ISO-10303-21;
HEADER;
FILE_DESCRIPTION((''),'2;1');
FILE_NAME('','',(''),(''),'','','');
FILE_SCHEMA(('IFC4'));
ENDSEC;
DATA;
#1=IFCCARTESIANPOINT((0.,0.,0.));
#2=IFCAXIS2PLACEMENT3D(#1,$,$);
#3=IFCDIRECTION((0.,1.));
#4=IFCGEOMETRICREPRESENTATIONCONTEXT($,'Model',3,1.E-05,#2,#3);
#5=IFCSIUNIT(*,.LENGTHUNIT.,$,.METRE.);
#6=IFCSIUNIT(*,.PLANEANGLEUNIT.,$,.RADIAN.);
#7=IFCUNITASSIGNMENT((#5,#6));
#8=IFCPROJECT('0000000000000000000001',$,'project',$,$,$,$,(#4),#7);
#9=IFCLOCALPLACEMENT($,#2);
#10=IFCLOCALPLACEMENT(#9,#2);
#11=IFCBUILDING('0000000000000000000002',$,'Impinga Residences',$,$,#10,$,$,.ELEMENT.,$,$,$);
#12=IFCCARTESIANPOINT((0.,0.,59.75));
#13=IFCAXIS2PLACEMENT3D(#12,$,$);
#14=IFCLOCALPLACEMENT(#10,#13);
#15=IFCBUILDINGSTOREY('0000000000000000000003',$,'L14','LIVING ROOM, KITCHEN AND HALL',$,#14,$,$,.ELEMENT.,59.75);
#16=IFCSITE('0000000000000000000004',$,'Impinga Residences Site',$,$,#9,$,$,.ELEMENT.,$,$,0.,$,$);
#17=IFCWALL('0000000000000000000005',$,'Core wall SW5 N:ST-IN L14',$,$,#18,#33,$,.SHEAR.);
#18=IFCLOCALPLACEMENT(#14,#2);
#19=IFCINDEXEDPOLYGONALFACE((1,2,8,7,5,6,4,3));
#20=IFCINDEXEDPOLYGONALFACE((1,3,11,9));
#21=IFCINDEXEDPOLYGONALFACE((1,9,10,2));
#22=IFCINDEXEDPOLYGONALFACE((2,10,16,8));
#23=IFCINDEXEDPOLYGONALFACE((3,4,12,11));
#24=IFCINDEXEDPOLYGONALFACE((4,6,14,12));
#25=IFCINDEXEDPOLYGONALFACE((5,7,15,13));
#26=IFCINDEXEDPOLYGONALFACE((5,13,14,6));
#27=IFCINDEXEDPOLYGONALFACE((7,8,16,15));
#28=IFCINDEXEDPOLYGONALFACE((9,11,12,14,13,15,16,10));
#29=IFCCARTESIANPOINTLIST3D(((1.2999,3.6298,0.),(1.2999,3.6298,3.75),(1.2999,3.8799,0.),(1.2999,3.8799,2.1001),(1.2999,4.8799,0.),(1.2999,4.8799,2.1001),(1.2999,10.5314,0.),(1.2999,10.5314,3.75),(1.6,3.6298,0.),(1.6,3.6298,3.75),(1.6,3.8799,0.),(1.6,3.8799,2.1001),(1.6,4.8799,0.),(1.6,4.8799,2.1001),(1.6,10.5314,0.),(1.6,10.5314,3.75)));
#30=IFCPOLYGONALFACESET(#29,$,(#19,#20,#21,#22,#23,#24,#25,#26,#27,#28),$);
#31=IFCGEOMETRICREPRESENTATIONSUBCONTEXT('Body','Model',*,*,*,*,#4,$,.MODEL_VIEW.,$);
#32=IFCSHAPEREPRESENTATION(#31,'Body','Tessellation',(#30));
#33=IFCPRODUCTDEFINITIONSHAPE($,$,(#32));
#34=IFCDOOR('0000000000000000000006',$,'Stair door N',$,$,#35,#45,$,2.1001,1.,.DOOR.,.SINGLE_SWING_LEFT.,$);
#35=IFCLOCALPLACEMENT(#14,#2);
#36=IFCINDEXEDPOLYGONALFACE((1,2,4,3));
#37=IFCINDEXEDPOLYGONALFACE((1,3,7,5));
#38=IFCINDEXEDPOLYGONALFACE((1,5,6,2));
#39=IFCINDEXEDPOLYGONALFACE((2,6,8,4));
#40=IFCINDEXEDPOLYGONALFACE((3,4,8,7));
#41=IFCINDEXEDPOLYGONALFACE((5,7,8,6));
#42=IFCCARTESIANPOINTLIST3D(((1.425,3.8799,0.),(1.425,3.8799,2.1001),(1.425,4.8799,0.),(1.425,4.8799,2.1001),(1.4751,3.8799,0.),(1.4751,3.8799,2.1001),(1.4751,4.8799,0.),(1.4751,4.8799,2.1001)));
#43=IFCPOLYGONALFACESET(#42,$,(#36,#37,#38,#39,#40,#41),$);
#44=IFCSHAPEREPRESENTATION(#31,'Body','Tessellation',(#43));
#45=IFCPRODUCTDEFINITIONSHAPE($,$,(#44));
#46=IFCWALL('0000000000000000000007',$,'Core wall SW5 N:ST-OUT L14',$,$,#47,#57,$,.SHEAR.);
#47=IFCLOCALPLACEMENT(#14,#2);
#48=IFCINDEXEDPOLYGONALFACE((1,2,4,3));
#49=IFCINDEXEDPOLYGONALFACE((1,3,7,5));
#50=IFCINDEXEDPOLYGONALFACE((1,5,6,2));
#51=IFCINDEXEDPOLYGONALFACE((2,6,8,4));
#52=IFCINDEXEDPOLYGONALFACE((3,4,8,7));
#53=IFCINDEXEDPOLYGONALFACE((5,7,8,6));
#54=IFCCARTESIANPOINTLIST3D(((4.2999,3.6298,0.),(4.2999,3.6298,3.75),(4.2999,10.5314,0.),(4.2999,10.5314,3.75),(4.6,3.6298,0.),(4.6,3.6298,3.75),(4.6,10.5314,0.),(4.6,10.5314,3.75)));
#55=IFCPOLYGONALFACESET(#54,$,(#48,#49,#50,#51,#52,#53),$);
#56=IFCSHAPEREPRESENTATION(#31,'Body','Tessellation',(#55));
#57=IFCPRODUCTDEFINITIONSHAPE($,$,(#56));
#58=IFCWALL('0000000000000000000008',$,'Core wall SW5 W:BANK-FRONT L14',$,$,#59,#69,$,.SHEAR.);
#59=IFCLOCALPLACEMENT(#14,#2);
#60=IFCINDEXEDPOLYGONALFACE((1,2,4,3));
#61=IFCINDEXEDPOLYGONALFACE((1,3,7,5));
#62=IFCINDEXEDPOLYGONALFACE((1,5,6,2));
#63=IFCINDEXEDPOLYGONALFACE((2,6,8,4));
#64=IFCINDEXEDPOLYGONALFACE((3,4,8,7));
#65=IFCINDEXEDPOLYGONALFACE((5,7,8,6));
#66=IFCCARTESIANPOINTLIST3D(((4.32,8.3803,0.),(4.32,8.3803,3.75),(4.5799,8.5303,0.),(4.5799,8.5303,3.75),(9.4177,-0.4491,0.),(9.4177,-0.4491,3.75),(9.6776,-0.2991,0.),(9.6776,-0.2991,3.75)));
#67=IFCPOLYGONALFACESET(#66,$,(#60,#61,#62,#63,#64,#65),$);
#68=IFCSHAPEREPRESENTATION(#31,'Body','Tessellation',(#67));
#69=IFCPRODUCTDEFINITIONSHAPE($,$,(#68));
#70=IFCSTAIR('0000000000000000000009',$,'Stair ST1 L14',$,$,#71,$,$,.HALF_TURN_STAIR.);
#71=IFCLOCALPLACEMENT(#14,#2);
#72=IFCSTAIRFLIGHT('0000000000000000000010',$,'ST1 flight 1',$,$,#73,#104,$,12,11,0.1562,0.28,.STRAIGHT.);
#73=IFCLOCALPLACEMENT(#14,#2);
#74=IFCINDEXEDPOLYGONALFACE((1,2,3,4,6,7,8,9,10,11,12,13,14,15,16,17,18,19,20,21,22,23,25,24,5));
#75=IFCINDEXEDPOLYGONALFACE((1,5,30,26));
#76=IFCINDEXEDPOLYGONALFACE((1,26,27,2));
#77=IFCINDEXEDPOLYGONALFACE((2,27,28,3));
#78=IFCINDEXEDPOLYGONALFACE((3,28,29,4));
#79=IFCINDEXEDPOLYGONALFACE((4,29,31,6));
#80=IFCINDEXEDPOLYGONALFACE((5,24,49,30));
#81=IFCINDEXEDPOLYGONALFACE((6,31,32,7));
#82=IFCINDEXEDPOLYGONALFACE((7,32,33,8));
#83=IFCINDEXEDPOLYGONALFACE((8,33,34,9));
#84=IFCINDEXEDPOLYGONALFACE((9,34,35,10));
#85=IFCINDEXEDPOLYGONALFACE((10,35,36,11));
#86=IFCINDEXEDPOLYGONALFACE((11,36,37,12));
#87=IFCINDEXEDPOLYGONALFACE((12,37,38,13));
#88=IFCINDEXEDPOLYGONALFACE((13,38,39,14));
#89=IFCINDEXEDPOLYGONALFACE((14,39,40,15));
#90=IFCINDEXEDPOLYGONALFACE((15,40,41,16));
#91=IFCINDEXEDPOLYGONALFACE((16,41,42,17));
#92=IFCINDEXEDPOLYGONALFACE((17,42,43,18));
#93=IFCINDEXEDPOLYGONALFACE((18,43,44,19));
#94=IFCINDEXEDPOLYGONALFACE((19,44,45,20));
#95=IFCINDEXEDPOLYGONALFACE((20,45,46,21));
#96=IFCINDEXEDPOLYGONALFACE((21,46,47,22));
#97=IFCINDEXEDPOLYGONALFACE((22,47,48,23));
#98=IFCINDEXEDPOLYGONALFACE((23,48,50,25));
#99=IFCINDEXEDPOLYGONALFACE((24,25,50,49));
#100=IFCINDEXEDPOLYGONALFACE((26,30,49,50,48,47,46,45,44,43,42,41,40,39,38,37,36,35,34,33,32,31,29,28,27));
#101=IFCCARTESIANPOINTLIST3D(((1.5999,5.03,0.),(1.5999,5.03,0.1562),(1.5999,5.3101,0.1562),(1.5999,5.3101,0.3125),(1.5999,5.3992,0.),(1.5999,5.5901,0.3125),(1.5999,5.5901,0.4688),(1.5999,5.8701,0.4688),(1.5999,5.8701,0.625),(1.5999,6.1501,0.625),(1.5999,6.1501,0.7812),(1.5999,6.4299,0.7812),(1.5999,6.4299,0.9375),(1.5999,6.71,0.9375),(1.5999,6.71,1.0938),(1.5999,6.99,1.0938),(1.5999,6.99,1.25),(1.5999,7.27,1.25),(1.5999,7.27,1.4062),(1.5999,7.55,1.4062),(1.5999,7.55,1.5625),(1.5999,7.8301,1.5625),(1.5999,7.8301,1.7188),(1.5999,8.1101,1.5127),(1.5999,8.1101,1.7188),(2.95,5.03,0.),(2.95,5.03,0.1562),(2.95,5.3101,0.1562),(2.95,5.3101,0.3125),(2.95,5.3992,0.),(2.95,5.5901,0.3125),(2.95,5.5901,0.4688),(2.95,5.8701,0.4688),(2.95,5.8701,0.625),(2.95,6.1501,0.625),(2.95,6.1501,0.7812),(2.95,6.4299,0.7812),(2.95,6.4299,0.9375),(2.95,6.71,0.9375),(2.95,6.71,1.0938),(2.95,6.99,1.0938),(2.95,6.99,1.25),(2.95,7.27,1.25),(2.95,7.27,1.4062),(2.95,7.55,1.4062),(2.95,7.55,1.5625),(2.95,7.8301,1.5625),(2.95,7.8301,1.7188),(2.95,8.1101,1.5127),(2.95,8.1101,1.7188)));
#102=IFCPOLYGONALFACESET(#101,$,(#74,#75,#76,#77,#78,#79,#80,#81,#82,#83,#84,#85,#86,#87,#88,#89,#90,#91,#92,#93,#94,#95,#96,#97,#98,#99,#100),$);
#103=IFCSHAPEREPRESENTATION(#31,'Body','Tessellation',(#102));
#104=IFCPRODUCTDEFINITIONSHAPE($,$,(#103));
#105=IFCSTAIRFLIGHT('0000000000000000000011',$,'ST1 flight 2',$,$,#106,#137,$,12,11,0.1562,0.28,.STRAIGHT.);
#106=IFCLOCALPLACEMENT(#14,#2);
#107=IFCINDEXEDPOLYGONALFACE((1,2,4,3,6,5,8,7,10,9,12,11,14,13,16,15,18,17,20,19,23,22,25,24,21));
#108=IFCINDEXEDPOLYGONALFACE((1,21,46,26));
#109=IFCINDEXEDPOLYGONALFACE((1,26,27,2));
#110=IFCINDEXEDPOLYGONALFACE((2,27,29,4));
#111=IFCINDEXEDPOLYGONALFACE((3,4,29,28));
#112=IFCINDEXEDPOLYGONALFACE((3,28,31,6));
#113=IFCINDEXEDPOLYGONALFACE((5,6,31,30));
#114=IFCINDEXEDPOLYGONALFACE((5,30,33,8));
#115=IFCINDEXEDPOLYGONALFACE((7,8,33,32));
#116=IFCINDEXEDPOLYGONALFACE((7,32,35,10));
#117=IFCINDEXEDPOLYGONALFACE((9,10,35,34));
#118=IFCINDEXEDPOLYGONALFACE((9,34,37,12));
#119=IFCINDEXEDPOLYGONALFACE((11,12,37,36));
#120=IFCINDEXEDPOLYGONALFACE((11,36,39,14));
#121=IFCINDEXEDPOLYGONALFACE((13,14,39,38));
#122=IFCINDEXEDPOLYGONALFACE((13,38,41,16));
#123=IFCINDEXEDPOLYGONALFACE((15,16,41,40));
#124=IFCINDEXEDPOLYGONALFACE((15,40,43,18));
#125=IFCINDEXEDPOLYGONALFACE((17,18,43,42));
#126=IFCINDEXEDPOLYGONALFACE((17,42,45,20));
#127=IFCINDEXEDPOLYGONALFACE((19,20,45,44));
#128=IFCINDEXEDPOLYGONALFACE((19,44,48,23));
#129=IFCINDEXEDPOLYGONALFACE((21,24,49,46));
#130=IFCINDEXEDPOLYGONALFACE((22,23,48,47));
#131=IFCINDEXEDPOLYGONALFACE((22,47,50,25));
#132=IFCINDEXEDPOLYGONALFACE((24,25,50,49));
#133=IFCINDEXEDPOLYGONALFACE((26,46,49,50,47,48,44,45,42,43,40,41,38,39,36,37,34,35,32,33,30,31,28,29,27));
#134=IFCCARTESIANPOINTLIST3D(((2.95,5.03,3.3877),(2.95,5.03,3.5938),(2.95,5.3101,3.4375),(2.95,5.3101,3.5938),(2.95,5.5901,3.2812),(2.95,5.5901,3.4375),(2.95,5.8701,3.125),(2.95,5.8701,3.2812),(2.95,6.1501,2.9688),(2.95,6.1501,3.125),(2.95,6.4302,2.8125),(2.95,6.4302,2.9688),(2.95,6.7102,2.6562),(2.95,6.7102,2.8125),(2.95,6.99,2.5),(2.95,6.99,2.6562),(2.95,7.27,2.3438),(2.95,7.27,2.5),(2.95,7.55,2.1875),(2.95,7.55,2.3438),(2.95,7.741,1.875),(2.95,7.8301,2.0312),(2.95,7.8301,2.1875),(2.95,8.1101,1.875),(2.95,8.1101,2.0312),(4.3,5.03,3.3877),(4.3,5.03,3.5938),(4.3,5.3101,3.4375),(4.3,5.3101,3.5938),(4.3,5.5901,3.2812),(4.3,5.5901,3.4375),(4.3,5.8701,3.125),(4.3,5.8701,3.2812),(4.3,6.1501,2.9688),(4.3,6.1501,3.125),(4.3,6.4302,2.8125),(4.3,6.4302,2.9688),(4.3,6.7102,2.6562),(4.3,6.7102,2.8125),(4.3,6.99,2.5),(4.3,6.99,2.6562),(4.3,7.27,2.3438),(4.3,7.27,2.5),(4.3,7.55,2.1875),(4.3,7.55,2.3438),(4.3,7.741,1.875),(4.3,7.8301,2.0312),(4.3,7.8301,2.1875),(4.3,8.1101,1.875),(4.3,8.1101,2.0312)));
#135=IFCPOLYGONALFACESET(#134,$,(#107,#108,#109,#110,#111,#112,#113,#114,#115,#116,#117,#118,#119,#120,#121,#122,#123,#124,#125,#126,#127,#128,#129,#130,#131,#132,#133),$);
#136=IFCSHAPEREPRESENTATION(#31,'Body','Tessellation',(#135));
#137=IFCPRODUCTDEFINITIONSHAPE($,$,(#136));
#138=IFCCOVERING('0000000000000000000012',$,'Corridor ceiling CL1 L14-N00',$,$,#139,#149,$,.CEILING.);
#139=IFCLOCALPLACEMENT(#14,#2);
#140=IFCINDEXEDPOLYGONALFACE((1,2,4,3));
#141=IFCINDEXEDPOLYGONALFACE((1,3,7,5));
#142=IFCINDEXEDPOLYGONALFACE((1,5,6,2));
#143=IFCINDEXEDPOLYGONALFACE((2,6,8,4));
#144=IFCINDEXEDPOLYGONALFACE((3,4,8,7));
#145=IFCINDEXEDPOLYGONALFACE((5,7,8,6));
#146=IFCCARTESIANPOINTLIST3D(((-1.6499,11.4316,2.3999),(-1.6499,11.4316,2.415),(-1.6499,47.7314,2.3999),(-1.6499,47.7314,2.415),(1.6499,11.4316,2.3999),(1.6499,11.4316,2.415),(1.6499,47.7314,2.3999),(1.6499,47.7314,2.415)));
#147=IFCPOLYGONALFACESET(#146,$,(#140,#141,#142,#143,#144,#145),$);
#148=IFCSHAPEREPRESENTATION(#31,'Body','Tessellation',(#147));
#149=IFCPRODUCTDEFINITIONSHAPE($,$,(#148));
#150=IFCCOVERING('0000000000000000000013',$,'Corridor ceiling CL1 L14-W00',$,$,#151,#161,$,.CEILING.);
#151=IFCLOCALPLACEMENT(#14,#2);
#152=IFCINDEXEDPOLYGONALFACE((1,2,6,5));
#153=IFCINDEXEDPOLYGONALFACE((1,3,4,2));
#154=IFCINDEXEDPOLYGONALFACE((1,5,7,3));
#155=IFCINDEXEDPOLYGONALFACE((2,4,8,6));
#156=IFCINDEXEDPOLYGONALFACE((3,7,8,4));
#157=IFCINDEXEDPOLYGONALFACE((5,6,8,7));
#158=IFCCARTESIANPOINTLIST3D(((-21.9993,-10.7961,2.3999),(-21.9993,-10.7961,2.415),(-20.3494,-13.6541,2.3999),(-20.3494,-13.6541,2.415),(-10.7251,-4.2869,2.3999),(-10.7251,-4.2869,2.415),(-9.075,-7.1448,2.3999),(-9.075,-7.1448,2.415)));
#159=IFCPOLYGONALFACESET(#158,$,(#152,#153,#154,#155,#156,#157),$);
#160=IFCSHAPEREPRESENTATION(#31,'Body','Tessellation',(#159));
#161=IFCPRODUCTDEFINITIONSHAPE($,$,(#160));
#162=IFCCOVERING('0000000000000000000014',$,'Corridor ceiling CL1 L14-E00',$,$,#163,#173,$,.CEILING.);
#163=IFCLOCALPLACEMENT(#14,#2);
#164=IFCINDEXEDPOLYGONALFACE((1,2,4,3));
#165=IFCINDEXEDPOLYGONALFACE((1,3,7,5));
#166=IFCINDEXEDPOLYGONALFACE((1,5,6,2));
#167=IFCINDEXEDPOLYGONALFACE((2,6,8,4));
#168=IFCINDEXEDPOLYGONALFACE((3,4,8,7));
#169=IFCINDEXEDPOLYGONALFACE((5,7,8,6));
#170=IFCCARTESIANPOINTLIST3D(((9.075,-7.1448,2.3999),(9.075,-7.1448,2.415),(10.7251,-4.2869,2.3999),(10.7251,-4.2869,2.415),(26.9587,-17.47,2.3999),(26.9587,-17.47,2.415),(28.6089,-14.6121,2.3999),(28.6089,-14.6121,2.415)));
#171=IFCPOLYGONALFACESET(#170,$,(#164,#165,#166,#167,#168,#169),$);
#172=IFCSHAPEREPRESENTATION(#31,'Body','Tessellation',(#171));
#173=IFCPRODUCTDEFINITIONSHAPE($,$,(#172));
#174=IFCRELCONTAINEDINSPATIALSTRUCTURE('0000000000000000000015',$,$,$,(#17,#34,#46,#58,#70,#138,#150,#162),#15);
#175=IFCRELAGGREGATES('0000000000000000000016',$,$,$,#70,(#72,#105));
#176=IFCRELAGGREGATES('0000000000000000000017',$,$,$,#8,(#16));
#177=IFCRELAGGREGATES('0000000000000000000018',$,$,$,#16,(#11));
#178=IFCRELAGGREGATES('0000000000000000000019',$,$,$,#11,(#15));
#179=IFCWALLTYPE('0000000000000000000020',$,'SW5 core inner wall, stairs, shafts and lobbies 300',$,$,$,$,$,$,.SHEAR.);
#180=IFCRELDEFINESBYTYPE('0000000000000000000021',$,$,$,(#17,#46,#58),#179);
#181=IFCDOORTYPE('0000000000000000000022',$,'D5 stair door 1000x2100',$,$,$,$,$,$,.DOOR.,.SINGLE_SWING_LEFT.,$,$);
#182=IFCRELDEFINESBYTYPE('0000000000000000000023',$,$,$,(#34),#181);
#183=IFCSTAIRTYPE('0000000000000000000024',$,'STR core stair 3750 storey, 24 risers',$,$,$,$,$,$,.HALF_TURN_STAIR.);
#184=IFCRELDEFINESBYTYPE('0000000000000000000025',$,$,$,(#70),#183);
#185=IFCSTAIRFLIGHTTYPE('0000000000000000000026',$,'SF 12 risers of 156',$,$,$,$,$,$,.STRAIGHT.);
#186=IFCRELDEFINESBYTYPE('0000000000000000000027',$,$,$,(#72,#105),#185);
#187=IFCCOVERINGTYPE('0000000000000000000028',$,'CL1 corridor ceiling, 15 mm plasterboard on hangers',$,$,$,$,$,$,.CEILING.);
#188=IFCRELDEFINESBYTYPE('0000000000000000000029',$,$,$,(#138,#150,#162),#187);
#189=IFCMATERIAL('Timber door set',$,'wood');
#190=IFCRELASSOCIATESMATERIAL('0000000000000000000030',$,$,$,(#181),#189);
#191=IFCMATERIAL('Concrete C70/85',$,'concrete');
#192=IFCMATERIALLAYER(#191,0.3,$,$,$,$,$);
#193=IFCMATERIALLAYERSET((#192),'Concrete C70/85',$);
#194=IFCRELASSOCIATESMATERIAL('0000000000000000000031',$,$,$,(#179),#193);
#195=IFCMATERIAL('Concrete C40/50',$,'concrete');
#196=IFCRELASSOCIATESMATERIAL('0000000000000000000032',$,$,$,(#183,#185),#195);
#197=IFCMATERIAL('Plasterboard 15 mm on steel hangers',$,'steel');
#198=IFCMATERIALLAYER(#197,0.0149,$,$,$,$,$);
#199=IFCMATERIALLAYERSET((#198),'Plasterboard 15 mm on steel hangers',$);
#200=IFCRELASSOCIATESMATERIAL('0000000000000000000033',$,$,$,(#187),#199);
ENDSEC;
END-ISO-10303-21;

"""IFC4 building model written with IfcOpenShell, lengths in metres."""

from ifc_helpers import new_model, si_unit, direction, frame, frame_2d, origin, place, context, subcontext, project, spatial, polyline, rectangle, outline, extrude, material, layer, layer_set, type_object, element, fill, aggregate, save


model = new_model("IFC4")

# Units and contexts
model_context = context("Model", 3, precision=1e-05, world=origin(), true_north=direction((0.0, 1.0)))
body_context = subcontext(model_context, "Body", "Model", "MODEL_VIEW")
ifc_project = project(units=[si_unit("LENGTHUNIT", "METRE"), si_unit("PLANEANGLEUNIT", "RADIAN")], contexts=[model_context])

# Site, building, storey
site_placement = place(None, origin())
site = spatial("IfcSite", under=ifc_project, at=site_placement, Name="Impinga Residences Site", CompositionType="ELEMENT", RefElevation=0.0)
building_placement = place(site_placement, origin())
building = spatial("IfcBuilding", under=site, at=building_placement, Name="Impinga Residences", CompositionType="ELEMENT")
storey_placement = place(building_placement, frame((0.0, 0.0, 59.75)))
storey = spatial("IfcBuildingStorey", under=building, at=storey_placement, Name="L14", Description="LIVING ROOM, KITCHEN AND HALL", CompositionType="ELEMENT", Elevation=59.75)

# Shared definitions
ifc_material_1 = material(Name="Concrete C70/85", Category="concrete")
ifc_material_2 = material(Name="Timber door set", Category="wood")
door_type_1 = type_object("IfcDoorType", Name="D5 stair door 1000x2100", OperationType="SINGLE_SWING_LEFT", PredefinedType="DOOR", material=ifc_material_2)

# Wall, opening, door
ifc_layer_1 = layer(ifc_material_1, 0.3)
ifc_layer_set_1 = layer_set([ifc_layer_1], Name="Concrete C70/85")
wall_type_1 = type_object("IfcWallType", Name="SW5 core inner wall, stairs, shafts and lobbies 300", PredefinedType="SHEAR", material=ifc_layer_set_1)
wall_1_placement = place(storey_placement, frame((1.45, 3.6299, 0.0), z_axis=(0.0, 0.0, 1.0), x_axis=(0.0, 1.0, 0.0)))
wall_1 = element("IfcWall", 1, at=wall_1_placement, inside=storey, type_object=wall_type_1, Name="Core wall SW5 N:ST-IN L14", PredefinedType="SHEAR", context=body_context, shape_type="SweptSolid", body=[
    extrude(rectangle(XDim=6.9016, YDim=0.3, at=frame_2d((3.4507, 0.0))), origin(), (0.0, 0.0, 1.0), 3.75),
])
opening_1_placement = place(wall_1_placement, frame((0.25, 0.0, 0.0)))
opening_1 = element("IfcOpeningElement", 2, at=opening_1_placement, cuts=wall_1, PredefinedType="OPENING", context=body_context, shape_type="SweptSolid", body=[
    extrude(rectangle(XDim=1.0, YDim=2.1001, at=frame_2d((0.5, 1.05))), frame((0.0, 0.1599, 0.0), z_axis=(0.0, -1.0, 0.0), x_axis=(1.0, 0.0, 0.0)), (0.0, 0.0, 1.0), 0.3201),
])
door_1_placement = place(opening_1_placement, origin())
door_1 = element("IfcDoor", 3, at=door_1_placement, inside=storey, type_object=door_type_1, Name="Stair door N", OperationType="SINGLE_SWING_LEFT", OverallHeight=2.1001, OverallWidth=1.0, PredefinedType="DOOR", context=body_context, shape_type="SweptSolid", body=[
    extrude(rectangle(XDim=1.0, YDim=2.1001, at=frame_2d((0.5, 1.05))), frame((0.0, 0.0249, 0.0), z_axis=(0.0, -1.0, 0.0), x_axis=(1.0, 0.0, 0.0)), (0.0, 0.0, 1.0), 0.05),
])
fill(opening_1, door_1)

# Walls
wall_2_placement = place(storey_placement, frame((4.45, 3.6299, 0.0), z_axis=(0.0, 0.0, 1.0), x_axis=(0.0, 1.0, 0.0)))
element("IfcWall", 4, at=wall_2_placement, inside=storey, type_object=wall_type_1, Name="Core wall SW5 N:ST-OUT L14", PredefinedType="SHEAR", context=body_context, shape_type="SweptSolid", body=[
    extrude(rectangle(XDim=6.9016, YDim=0.3, at=frame_2d((3.4507, 0.0))), origin(), (0.0, 0.0, 1.0), 3.75),
])
wall_3_placement = place(storey_placement, frame((4.45, 8.4553, 0.0), z_axis=(0.0, 0.0, 1.0), x_axis=(0.500002, -0.866024, 0.0)))
element("IfcWall", 5, at=wall_3_placement, inside=storey, type_object=wall_type_1, Name="Core wall SW5 W:BANK-FRONT L14", PredefinedType="SHEAR", context=body_context, shape_type="SweptSolid", body=[
    extrude(rectangle(XDim=10.1953, YDim=0.3, at=frame_2d((5.0977, 0.0))), origin(), (0.0, 0.0, 1.0), 3.75),
])

# Stair, stair flights
ifc_material_3 = material(Name="Concrete C40/50", Category="concrete")
stair_type = type_object("IfcStairType", Name="STR core stair 3750 storey, 24 risers", PredefinedType="HALF_TURN_STAIR", material=ifc_material_3)
stair_placement = place(storey_placement, origin())
stair = element("IfcStair", 6, at=stair_placement, inside=storey, type_object=stair_type, Name="Stair ST1 L14", PredefinedType="HALF_TURN_STAIR")
stair_flight_type = type_object("IfcStairFlightType", Name="SF 12 risers of 156", PredefinedType="STRAIGHT", material=ifc_material_3)
stair_flight_1_placement = place(storey_placement, frame((2.2749, 5.03, 0.0), z_axis=(0.0, 0.0, 1.0), x_axis=(0.0, 1.0, 0.0)))
stair_flight_1 = element("IfcStairFlight", 7, at=stair_flight_1_placement, type_object=stair_flight_type, Name="ST1 flight 1", NumberOfRisers=12, NumberOfTreads=11, PredefinedType="STRAIGHT", RiserHeight=0.1562, TreadLength=0.28, context=body_context, shape_type="SweptSolid", body=[
    extrude(outline(polyline([(0.0, 0.0), (0.0, 0.1562), (0.28, 0.1562), (0.28, 0.3125), (0.5601, 0.3125), (0.5601, 0.4688), (0.8401, 0.4688), (0.8401, 0.625), (1.1201, 0.625), (1.1201, 0.7812), (1.3999, 0.7812), (1.3999, 0.9375), (1.6799, 0.9375), (1.6799, 1.0938), (1.96, 1.0938), (1.96, 1.25), (2.24, 1.25), (2.24, 1.4062), (2.52, 1.4062), (2.52, 1.5625), (2.8, 1.5625), (2.8, 1.7188), (3.0801, 1.7188), (3.0801, 1.875), (3.0801, 1.5127), (0.3691, 0.0), (0.0, 0.0)])), frame((0.0, 0.675, 0.0), z_axis=(0.0, -1.0, 0.0), x_axis=(1.0, 0.0, 0.0)), (0.0, 0.0, 1.0), 1.3501),
])
stair_flight_2_placement = place(storey_placement, frame((3.625, 8.1101, 1.875), z_axis=(0.0, 0.0, 1.0), x_axis=(0.0, -1.0, 0.0)))
stair_flight_2 = element("IfcStairFlight", 8, at=stair_flight_2_placement, type_object=stair_flight_type, Name="ST1 flight 2", NumberOfRisers=12, NumberOfTreads=11, PredefinedType="STRAIGHT", RiserHeight=0.1562, TreadLength=0.28, context=body_context, shape_type="SweptSolid", body=[
    extrude(outline(polyline([(0.0, 0.0), (0.0, 0.1562), (0.28, 0.1562), (0.28, 0.3125), (0.5601, 0.3125), (0.5601, 0.4688), (0.8401, 0.4688), (0.8401, 0.625), (1.1201, 0.625), (1.1201, 0.7812), (1.3999, 0.7812), (1.3999, 0.9375), (1.6799, 0.9375), (1.6799, 1.0938), (1.96, 1.0938), (1.96, 1.25), (2.24, 1.25), (2.24, 1.4062), (2.52, 1.4062), (2.52, 1.5625), (2.8, 1.5625), (2.8, 1.7188), (3.0801, 1.7188), (3.0801, 1.875), (3.0801, 1.5127), (0.3691, 0.0), (0.0, 0.0)])), frame((0.0, 0.675, 0.0), z_axis=(0.0, -1.0, 0.0), x_axis=(1.0, 0.0, 0.0)), (0.0, 0.0, 1.0), 1.3501),
])
aggregate(stair, [stair_flight_1, stair_flight_2])

# Coverings
ifc_material_4 = material(Name="Plasterboard 15 mm on steel hangers", Category="steel")
ifc_layer_2 = layer(ifc_material_4, 0.0149)
ifc_layer_set_2 = layer_set([ifc_layer_2], Name="Plasterboard 15 mm on steel hangers")
covering_type_1 = type_object("IfcCoveringType", Name="CL1 corridor ceiling, 15 mm plasterboard on hangers", PredefinedType="CEILING", material=ifc_layer_set_2)
covering_1_placement = place(storey_placement, frame((0.0, 0.0, 2.3999)))
element("IfcCovering", 9, at=covering_1_placement, inside=storey, type_object=covering_type_1, Name="Corridor ceiling CL1 L14-N00", PredefinedType="CEILING", context=body_context, shape_type="SweptSolid", body=[
    extrude(outline(polyline([(-1.6499, 11.4316), (1.6499, 11.4316), (1.6499, 47.7314), (-1.6499, 47.7314), (-1.6499, 11.4316)])), origin(), (0.0, 0.0, 1.0), 0.0151),
])
covering_2_placement = place(storey_placement, frame((0.0, 0.0, 2.3999)))
element("IfcCovering", 10, at=covering_2_placement, inside=storey, type_object=covering_type_1, Name="Corridor ceiling CL1 L14-W00", PredefinedType="CEILING", context=body_context, shape_type="SweptSolid", body=[
    extrude(outline(polyline([(-10.7251, -4.2869), (-9.075, -7.1448), (-20.3494, -13.6541), (-21.9993, -10.7961), (-10.7251, -4.2869)])), origin(), (0.0, 0.0, 1.0), 0.0151),
])
covering_3_placement = place(storey_placement, frame((0.0, 0.0, 2.3999)))
element("IfcCovering", 11, at=covering_3_placement, inside=storey, type_object=covering_type_1, Name="Corridor ceiling CL1 L14-E00", PredefinedType="CEILING", context=body_context, shape_type="SweptSolid", body=[
    extrude(outline(polyline([(9.075, -7.1448), (10.7251, -4.2869), (28.6089, -14.6121), (26.9587, -17.47), (9.075, -7.1448)])), origin(), (0.0, 0.0, 1.0), 0.0151),
])

save(model, "model.ifc")
